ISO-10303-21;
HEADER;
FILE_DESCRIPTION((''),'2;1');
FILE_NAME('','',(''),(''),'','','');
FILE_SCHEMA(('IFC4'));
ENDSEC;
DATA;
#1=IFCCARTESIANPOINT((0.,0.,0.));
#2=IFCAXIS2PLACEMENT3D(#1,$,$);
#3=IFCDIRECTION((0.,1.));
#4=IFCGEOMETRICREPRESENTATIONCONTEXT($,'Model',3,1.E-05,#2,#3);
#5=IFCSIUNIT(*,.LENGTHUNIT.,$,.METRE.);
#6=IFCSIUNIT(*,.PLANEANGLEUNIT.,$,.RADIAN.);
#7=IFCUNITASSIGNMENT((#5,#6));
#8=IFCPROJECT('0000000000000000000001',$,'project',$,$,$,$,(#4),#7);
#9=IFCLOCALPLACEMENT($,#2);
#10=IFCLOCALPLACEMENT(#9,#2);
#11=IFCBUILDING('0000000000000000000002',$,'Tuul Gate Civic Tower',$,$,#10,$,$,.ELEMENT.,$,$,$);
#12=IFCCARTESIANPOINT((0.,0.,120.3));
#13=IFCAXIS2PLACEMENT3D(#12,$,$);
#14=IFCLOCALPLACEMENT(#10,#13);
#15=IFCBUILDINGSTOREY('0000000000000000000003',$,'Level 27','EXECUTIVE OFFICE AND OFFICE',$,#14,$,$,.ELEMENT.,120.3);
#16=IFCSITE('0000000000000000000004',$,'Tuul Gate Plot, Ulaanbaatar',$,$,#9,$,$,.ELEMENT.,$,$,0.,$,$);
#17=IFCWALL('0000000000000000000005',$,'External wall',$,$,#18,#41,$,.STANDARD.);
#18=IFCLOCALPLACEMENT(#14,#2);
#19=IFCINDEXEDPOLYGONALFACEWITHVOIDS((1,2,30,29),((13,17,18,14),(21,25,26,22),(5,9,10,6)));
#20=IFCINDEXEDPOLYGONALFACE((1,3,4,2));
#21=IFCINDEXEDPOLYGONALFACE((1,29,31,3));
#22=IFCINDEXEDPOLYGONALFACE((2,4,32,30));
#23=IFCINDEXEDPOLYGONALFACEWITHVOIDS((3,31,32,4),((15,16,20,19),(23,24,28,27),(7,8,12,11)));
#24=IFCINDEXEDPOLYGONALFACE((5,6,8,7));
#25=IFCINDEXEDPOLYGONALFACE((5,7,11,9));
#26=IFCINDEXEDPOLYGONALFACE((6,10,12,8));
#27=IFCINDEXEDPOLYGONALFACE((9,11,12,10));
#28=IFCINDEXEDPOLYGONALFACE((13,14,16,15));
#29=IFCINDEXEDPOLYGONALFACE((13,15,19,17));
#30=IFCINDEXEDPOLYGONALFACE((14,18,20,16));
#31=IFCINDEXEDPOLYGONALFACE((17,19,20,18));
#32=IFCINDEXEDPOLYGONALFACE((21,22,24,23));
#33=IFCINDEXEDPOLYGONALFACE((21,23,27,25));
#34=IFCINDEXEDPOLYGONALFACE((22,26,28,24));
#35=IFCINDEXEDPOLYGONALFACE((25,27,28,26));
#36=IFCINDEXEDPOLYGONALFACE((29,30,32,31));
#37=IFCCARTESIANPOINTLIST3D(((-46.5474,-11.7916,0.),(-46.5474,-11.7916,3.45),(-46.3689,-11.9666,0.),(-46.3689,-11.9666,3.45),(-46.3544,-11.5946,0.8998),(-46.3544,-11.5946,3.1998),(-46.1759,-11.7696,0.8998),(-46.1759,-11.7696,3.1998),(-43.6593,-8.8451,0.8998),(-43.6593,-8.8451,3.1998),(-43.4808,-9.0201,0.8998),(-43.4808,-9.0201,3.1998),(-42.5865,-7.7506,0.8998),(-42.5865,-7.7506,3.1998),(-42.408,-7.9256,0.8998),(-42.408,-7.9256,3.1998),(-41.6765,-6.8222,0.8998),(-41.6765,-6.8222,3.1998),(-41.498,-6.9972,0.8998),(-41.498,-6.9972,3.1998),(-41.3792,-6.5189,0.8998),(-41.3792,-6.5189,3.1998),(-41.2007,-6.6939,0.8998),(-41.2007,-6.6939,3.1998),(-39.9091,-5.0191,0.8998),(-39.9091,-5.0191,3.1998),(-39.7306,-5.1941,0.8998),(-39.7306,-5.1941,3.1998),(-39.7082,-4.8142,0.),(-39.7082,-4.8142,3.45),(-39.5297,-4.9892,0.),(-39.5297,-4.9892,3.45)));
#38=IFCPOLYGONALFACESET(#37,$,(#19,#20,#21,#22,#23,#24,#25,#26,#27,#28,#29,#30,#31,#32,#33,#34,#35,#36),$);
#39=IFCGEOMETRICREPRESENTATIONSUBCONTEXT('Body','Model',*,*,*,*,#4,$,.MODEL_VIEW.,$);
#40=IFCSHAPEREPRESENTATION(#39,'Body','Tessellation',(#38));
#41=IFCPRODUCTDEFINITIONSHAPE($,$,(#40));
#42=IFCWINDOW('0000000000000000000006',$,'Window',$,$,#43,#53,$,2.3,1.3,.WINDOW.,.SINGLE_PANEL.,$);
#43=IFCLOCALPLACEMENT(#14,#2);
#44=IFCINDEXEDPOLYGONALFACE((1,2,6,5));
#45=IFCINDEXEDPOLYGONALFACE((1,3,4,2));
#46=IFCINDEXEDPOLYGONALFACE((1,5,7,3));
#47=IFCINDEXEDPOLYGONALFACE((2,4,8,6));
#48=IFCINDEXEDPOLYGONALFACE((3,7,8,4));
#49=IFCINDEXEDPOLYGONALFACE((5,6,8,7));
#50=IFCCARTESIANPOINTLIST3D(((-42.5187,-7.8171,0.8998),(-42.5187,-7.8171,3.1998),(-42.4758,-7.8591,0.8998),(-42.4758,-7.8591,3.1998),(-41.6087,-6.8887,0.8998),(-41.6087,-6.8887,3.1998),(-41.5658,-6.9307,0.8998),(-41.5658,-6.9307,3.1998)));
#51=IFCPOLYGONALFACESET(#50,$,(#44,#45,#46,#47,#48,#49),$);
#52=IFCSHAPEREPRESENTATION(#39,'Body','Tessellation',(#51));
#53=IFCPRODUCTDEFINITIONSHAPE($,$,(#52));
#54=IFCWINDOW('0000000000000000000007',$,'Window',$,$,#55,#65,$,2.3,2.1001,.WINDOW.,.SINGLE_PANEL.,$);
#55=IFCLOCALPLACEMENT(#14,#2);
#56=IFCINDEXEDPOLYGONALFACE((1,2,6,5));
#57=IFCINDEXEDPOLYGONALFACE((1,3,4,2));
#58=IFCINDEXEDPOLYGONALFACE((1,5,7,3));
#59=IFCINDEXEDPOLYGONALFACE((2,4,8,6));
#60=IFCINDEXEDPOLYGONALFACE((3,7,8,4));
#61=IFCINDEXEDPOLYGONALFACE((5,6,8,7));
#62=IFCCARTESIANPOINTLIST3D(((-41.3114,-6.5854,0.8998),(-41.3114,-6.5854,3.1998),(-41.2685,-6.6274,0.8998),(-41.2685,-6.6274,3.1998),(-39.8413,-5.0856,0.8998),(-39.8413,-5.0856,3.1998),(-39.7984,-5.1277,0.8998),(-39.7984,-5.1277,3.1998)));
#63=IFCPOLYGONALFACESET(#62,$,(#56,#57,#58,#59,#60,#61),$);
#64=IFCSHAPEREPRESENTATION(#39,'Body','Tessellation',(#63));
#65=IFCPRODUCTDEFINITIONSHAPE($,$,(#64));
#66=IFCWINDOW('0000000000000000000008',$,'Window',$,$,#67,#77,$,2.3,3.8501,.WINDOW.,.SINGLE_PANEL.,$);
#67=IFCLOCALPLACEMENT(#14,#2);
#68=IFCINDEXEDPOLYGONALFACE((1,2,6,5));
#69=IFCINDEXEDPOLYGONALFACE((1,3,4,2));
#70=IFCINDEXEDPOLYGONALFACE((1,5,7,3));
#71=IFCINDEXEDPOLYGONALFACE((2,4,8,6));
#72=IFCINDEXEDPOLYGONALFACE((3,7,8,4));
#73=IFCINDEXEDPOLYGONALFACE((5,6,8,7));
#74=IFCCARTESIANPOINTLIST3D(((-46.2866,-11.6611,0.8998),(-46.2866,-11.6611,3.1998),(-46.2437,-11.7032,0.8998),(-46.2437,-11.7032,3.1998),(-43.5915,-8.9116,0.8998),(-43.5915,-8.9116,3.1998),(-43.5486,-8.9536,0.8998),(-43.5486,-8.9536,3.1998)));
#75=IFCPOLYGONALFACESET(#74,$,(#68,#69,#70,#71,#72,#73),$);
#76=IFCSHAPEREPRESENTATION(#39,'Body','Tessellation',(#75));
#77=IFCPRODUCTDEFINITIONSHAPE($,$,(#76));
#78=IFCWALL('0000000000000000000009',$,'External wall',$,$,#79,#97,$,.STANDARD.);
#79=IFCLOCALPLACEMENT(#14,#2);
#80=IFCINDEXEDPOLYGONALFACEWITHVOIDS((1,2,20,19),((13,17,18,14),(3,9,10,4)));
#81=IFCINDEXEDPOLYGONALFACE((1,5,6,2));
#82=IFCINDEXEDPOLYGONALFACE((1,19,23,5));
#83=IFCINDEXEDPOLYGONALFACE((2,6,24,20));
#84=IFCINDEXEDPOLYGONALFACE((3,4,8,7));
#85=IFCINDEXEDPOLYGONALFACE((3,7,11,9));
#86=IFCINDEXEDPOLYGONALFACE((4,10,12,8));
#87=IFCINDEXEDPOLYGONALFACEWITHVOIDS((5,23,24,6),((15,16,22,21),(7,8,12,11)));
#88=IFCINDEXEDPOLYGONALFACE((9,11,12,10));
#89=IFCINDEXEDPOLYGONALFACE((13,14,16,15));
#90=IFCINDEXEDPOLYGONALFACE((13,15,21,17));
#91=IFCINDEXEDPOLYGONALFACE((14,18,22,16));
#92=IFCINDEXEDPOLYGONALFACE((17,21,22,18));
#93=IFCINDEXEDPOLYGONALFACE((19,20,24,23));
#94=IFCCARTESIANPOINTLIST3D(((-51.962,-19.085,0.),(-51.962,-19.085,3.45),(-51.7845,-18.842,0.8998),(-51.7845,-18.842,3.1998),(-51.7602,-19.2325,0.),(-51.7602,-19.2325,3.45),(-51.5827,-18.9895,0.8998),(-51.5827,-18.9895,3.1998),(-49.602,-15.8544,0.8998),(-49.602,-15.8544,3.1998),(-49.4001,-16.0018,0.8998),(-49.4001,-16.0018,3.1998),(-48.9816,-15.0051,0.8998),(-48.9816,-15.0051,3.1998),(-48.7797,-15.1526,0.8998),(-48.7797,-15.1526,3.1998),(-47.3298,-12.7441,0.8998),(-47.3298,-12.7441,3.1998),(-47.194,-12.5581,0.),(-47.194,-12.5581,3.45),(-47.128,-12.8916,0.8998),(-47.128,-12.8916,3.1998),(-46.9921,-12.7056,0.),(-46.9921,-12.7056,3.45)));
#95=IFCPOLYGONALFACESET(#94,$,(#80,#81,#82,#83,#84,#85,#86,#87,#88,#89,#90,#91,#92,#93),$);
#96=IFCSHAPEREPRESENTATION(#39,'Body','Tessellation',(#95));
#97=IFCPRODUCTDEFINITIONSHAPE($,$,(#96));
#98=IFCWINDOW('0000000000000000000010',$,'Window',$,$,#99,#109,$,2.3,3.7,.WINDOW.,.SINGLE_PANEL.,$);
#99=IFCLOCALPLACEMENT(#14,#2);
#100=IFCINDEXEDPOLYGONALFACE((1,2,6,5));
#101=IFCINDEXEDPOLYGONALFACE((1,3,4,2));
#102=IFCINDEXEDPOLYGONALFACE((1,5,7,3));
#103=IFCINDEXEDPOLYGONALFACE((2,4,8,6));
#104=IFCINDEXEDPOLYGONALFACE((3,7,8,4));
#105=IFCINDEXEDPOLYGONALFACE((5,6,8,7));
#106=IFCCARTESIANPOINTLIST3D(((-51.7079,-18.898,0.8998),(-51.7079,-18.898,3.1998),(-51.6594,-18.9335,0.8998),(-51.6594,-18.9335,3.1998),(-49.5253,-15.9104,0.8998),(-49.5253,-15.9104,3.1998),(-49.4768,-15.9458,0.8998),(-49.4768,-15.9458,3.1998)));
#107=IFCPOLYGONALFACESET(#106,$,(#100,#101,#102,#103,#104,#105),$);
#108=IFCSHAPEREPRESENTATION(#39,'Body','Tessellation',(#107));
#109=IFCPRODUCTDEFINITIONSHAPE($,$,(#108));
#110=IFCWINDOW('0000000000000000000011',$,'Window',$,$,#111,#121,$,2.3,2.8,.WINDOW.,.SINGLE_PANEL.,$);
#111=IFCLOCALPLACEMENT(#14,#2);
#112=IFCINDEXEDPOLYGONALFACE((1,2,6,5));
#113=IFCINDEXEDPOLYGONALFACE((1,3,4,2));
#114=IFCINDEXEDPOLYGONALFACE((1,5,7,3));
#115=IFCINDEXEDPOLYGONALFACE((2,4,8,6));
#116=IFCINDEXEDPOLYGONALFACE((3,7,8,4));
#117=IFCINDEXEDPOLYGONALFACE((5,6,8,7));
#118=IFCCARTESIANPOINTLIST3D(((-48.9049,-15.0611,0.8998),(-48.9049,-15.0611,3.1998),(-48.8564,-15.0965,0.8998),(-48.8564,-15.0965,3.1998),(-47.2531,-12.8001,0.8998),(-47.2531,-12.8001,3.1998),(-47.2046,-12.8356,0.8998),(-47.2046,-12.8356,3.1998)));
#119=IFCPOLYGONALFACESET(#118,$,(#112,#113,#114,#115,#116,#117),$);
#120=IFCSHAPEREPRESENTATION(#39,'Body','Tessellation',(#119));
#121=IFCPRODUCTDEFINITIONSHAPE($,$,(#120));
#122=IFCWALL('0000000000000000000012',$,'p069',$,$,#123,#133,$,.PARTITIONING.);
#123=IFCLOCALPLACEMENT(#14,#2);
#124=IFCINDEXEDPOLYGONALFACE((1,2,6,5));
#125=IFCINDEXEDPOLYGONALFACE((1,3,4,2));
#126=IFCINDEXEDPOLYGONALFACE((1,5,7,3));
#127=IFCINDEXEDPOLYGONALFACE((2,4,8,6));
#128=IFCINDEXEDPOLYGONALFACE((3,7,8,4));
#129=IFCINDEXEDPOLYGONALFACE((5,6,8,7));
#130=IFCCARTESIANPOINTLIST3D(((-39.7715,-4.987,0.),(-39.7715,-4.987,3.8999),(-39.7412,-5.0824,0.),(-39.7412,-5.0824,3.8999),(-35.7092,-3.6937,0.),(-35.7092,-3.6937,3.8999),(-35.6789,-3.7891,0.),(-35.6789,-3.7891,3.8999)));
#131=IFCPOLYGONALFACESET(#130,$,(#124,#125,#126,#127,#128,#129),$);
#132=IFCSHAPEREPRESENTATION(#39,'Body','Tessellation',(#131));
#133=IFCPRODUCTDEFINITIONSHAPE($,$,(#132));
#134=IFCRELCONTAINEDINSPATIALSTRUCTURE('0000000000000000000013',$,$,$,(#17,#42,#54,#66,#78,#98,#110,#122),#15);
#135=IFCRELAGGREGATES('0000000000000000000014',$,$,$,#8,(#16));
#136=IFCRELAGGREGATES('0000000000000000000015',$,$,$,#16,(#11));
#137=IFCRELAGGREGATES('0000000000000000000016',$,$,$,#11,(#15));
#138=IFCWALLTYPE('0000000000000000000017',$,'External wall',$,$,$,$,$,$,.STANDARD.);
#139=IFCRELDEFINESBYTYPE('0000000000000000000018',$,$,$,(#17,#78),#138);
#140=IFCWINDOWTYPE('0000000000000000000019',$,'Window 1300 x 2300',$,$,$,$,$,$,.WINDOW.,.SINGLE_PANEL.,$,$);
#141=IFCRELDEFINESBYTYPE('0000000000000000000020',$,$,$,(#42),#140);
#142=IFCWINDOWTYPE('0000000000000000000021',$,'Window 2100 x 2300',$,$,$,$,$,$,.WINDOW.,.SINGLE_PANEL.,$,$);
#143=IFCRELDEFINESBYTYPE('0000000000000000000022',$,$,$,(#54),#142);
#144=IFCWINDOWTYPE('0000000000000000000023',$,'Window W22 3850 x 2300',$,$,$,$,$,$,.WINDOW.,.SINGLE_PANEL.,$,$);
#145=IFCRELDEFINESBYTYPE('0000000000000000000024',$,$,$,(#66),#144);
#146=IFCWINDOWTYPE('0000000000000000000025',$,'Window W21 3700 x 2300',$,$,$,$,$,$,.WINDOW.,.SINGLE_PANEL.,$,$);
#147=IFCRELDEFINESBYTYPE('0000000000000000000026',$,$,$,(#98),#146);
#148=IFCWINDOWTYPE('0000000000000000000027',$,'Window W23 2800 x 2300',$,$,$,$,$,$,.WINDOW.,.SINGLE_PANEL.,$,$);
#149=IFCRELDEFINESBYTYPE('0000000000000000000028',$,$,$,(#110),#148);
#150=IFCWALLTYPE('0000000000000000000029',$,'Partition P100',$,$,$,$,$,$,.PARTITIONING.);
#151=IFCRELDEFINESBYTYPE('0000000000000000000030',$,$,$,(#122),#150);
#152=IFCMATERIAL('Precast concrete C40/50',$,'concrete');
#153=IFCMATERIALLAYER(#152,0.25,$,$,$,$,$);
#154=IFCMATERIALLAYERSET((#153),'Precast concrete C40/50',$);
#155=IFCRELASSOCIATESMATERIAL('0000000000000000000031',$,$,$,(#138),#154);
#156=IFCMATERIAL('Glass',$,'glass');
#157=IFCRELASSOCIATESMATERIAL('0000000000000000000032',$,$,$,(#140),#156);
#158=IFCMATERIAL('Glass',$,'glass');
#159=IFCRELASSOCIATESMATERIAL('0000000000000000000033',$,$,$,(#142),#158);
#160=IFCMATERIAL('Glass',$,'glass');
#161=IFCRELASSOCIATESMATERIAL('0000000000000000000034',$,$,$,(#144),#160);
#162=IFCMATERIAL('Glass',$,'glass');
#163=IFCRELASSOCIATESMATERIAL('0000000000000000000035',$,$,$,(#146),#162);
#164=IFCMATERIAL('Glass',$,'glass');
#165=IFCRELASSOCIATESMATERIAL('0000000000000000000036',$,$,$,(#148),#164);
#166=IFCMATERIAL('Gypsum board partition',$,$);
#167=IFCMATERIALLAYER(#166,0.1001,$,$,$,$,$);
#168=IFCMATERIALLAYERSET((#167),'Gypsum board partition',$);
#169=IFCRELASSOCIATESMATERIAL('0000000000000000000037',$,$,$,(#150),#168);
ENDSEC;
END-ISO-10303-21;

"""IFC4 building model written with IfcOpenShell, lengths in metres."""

from ifc_helpers import new_model, si_unit, direction, frame, frame_2d, origin, place, context, subcontext, project, spatial, rectangle, extrude, material, layer, layer_set, type_object, element, fill, save


model = new_model("IFC4")

# Units and contexts
model_context = context("Model", 3, precision=1e-05, world=origin(), true_north=direction((0.0, 1.0)))
body_context = subcontext(model_context, "Body", "Model", "MODEL_VIEW")
ifc_project = project(units=[si_unit("LENGTHUNIT", "METRE"), si_unit("PLANEANGLEUNIT", "RADIAN")], contexts=[model_context])

# Site, building, storey
site_placement = place(None, origin())
site = spatial("IfcSite", under=ifc_project, at=site_placement, Name="Tuul Gate Plot, Ulaanbaatar", CompositionType="ELEMENT", RefElevation=0.0)
building_placement = place(site_placement, origin())
building = spatial("IfcBuilding", under=site, at=building_placement, Name="Tuul Gate Civic Tower", CompositionType="ELEMENT")
storey_placement = place(building_placement, frame((0.0, 0.0, 120.3)))
storey = spatial("IfcBuildingStorey", under=building, at=storey_placement, Name="Level 27", Description="EXECUTIVE OFFICE AND OFFICE", CompositionType="ELEMENT", Elevation=120.3)

# Walls, openings, windows
ifc_material_1 = material(Name="Precast concrete C40/50", Category="concrete")
ifc_layer_1 = layer(ifc_material_1, 0.25)
ifc_layer_set_1 = layer_set([ifc_layer_1], Name="Precast concrete C40/50")
wall_type_1 = type_object("IfcWallType", Name="External wall", PredefinedType="STANDARD", material=ifc_layer_set_1)
wall_1_placement = place(storey_placement, frame((-39.6189, -4.9016, 0.0), z_axis=(0.0, 0.0, 1.0), x_axis=(-0.7, -0.714143, 0.0)))
wall_1 = element("IfcWall", 1, at=wall_1_placement, inside=storey, type_object=wall_type_1, Name="External wall", PredefinedType="STANDARD", context=body_context, shape_type="SweptSolid", body=[
    extrude(rectangle(XDim=9.7703, YDim=0.25, at=frame_2d((4.8853, 0.0))), origin(), (0.0, 0.0, 1.0), 3.45),
])
opening_1_placement = place(wall_1_placement, frame((5.6445, 0.0, 0.8999)))
opening_1 = element("IfcOpeningElement", 2, at=opening_1_placement, cuts=wall_1, PredefinedType="OPENING", context=body_context, shape_type="SweptSolid", body=[
    extrude(rectangle(XDim=3.8501, YDim=2.3, at=frame_2d((1.925, 1.1499))), frame((0.0, 0.135, 0.0), z_axis=(0.0, -1.0, 0.0), x_axis=(1.0, 0.0, 0.0)), (0.0, 0.0, 1.0), 0.27),
])
opening_2_placement = place(wall_1_placement, frame((0.2871, 0.0, 0.8999)))
opening_2 = element("IfcOpeningElement", 3, at=opening_2_placement, cuts=wall_1, PredefinedType="OPENING", context=body_context, shape_type="SweptSolid", body=[
    extrude(rectangle(XDim=2.1001, YDim=2.3, at=frame_2d((1.05, 1.1499))), frame((0.0, 0.135, 0.0), z_axis=(0.0, -1.0, 0.0), x_axis=(1.0, 0.0, 0.0)), (0.0, 0.0, 1.0), 0.27),
])
opening_3_placement = place(wall_1_placement, frame((2.812, 0.0, 0.8999)))
opening_3 = element("IfcOpeningElement", 4, at=opening_3_placement, cuts=wall_1, PredefinedType="OPENING", context=body_context, shape_type="SweptSolid", body=[
    extrude(rectangle(XDim=1.3, YDim=2.3, at=frame_2d((0.6499, 1.1499))), frame((0.0, 0.135, 0.0), z_axis=(0.0, -1.0, 0.0), x_axis=(1.0, 0.0, 0.0)), (0.0, 0.0, 1.0), 0.27),
])
ifc_material_2 = material(Name="Glass", Category="glass")
window_type_1 = type_object("IfcWindowType", Name="Window 1300 x 2300", PartitioningType="SINGLE_PANEL", PredefinedType="WINDOW", material=ifc_material_2)
window_1_placement = place(opening_3_placement, origin())
window_1 = element("IfcWindow", 5, at=window_1_placement, inside=storey, type_object=window_type_1, Name="Window", OverallHeight=2.3, OverallWidth=1.3, PartitioningType="SINGLE_PANEL", PredefinedType="WINDOW", context=body_context, shape_type="SweptSolid", body=[
    extrude(rectangle(XDim=1.3, YDim=2.3, at=frame_2d((0.6499, 1.1499))), frame((0.0, 0.03, 0.0), z_axis=(0.0, -1.0, 0.0), x_axis=(1.0, 0.0, 0.0)), (0.0, 0.0, 1.0), 0.0601),
])
fill(opening_3, window_1)
ifc_material_3 = material(Name="Glass", Category="glass")
window_type_2 = type_object("IfcWindowType", Name="Window 2100 x 2300", PartitioningType="SINGLE_PANEL", PredefinedType="WINDOW", material=ifc_material_3)
window_2_placement = place(opening_2_placement, origin())
window_2 = element("IfcWindow", 6, at=window_2_placement, inside=storey, type_object=window_type_2, Name="Window", OverallHeight=2.3, OverallWidth=2.1001, PartitioningType="SINGLE_PANEL", PredefinedType="WINDOW", context=body_context, shape_type="SweptSolid", body=[
    extrude(rectangle(XDim=2.1001, YDim=2.3, at=frame_2d((1.05, 1.1499))), frame((0.0, 0.03, 0.0), z_axis=(0.0, -1.0, 0.0), x_axis=(1.0, 0.0, 0.0)), (0.0, 0.0, 1.0), 0.0601),
])
fill(opening_2, window_2)
ifc_material_4 = material(Name="Glass", Category="glass")
window_type_3 = type_object("IfcWindowType", Name="Window W22 3850 x 2300", PartitioningType="SINGLE_PANEL", PredefinedType="WINDOW", material=ifc_material_4)
window_3_placement = place(opening_1_placement, origin())
window_3 = element("IfcWindow", 7, at=window_3_placement, inside=storey, type_object=window_type_3, Name="Window", OverallHeight=2.3, OverallWidth=3.8501, PartitioningType="SINGLE_PANEL", PredefinedType="WINDOW", context=body_context, shape_type="SweptSolid", body=[
    extrude(rectangle(XDim=3.8501, YDim=2.3, at=frame_2d((1.925, 1.1499))), frame((0.0, 0.03, 0.0), z_axis=(0.0, -1.0, 0.0), x_axis=(1.0, 0.0, 0.0)), (0.0, 0.0, 1.0), 0.0601),
])
fill(opening_1, window_3)
wall_2_placement = place(storey_placement, frame((-47.093, -12.6318, 0.0), z_axis=(0.0, 0.0, 1.0), x_axis=(-0.589891, -0.807483, 0.0)))
wall_2 = element("IfcWall", 8, at=wall_2_placement, inside=storey, type_object=wall_type_1, Name="External wall", PredefinedType="STANDARD", context=body_context, shape_type="SweptSolid", body=[
    extrude(rectangle(XDim=8.083, YDim=0.25, at=frame_2d((4.0415, 0.0))), origin(), (0.0, 0.0, 1.0), 3.45),
])
opening_4_placement = place(wall_2_placement, frame((0.2305, 0.0, 0.8999)))
opening_4 = element("IfcOpeningElement", 9, at=opening_4_placement, cuts=wall_2, PredefinedType="OPENING", context=body_context, shape_type="SweptSolid", body=[
    extrude(rectangle(XDim=2.8, YDim=2.3, at=frame_2d((1.3999, 1.1499))), frame((0.0, 0.135, 0.0), z_axis=(0.0, -1.0, 0.0), x_axis=(1.0, 0.0, 0.0)), (0.0, 0.0, 1.0), 0.27),
])
opening_5_placement = place(wall_2_placement, frame((4.082, 0.0, 0.8999)))
opening_5 = element("IfcOpeningElement", 10, at=opening_5_placement, cuts=wall_2, PredefinedType="OPENING", context=body_context, shape_type="SweptSolid", body=[
    extrude(rectangle(XDim=3.7, YDim=2.3, at=frame_2d((1.8501, 1.1499))), frame((0.0, 0.135, 0.0), z_axis=(0.0, -1.0, 0.0), x_axis=(1.0, 0.0, 0.0)), (0.0, 0.0, 1.0), 0.27),
])
ifc_material_5 = material(Name="Glass", Category="glass")
window_type_4 = type_object("IfcWindowType", Name="Window W21 3700 x 2300", PartitioningType="SINGLE_PANEL", PredefinedType="WINDOW", material=ifc_material_5)
window_4_placement = place(opening_5_placement, origin())
window_4 = element("IfcWindow", 11, at=window_4_placement, inside=storey, type_object=window_type_4, Name="Window", OverallHeight=2.3, OverallWidth=3.7, PartitioningType="SINGLE_PANEL", PredefinedType="WINDOW", context=body_context, shape_type="SweptSolid", body=[
    extrude(rectangle(XDim=3.7, YDim=2.3, at=frame_2d((1.8501, 1.1499))), frame((0.0, 0.03, 0.0), z_axis=(0.0, -1.0, 0.0), x_axis=(1.0, 0.0, 0.0)), (0.0, 0.0, 1.0), 0.0601),
])
fill(opening_5, window_4)
ifc_material_6 = material(Name="Glass", Category="glass")
window_type_5 = type_object("IfcWindowType", Name="Window W23 2800 x 2300", PartitioningType="SINGLE_PANEL", PredefinedType="WINDOW", material=ifc_material_6)
window_5_placement = place(opening_4_placement, origin())
window_5 = element("IfcWindow", 12, at=window_5_placement, inside=storey, type_object=window_type_5, Name="Window", OverallHeight=2.3, OverallWidth=2.8, PartitioningType="SINGLE_PANEL", PredefinedType="WINDOW", context=body_context, shape_type="SweptSolid", body=[
    extrude(rectangle(XDim=2.8, YDim=2.3, at=frame_2d((1.3999, 1.1499))), frame((0.0, 0.03, 0.0), z_axis=(0.0, -1.0, 0.0), x_axis=(1.0, 0.0, 0.0)), (0.0, 0.0, 1.0), 0.0601),
])
fill(opening_4, window_5)

# Wall
ifc_material_7 = material(Name="Gypsum board partition")
ifc_layer_2 = layer(ifc_material_7, 0.1001)
ifc_layer_set_2 = layer_set([ifc_layer_2], Name="Gypsum board partition")
wall_type_2 = type_object("IfcWallType", Name="Partition P100", PredefinedType="PARTITIONING", material=ifc_layer_set_2)
wall_3_placement = place(storey_placement, frame((-39.7563, -5.0347, 0.0), z_axis=(0.0, 0.0, 1.0), x_axis=(0.95288, 0.303348, 0.0)))
element("IfcWall", 13, at=wall_3_placement, inside=storey, type_object=wall_type_2, Name="p069", PredefinedType="PARTITIONING", context=body_context, shape_type="SweptSolid", body=[
    extrude(rectangle(XDim=4.2632, YDim=0.1001, at=frame_2d((2.1316, 0.0))), origin(), (0.0, 0.0, 1.0), 3.8999),
])

save(model, "model.ifc")
